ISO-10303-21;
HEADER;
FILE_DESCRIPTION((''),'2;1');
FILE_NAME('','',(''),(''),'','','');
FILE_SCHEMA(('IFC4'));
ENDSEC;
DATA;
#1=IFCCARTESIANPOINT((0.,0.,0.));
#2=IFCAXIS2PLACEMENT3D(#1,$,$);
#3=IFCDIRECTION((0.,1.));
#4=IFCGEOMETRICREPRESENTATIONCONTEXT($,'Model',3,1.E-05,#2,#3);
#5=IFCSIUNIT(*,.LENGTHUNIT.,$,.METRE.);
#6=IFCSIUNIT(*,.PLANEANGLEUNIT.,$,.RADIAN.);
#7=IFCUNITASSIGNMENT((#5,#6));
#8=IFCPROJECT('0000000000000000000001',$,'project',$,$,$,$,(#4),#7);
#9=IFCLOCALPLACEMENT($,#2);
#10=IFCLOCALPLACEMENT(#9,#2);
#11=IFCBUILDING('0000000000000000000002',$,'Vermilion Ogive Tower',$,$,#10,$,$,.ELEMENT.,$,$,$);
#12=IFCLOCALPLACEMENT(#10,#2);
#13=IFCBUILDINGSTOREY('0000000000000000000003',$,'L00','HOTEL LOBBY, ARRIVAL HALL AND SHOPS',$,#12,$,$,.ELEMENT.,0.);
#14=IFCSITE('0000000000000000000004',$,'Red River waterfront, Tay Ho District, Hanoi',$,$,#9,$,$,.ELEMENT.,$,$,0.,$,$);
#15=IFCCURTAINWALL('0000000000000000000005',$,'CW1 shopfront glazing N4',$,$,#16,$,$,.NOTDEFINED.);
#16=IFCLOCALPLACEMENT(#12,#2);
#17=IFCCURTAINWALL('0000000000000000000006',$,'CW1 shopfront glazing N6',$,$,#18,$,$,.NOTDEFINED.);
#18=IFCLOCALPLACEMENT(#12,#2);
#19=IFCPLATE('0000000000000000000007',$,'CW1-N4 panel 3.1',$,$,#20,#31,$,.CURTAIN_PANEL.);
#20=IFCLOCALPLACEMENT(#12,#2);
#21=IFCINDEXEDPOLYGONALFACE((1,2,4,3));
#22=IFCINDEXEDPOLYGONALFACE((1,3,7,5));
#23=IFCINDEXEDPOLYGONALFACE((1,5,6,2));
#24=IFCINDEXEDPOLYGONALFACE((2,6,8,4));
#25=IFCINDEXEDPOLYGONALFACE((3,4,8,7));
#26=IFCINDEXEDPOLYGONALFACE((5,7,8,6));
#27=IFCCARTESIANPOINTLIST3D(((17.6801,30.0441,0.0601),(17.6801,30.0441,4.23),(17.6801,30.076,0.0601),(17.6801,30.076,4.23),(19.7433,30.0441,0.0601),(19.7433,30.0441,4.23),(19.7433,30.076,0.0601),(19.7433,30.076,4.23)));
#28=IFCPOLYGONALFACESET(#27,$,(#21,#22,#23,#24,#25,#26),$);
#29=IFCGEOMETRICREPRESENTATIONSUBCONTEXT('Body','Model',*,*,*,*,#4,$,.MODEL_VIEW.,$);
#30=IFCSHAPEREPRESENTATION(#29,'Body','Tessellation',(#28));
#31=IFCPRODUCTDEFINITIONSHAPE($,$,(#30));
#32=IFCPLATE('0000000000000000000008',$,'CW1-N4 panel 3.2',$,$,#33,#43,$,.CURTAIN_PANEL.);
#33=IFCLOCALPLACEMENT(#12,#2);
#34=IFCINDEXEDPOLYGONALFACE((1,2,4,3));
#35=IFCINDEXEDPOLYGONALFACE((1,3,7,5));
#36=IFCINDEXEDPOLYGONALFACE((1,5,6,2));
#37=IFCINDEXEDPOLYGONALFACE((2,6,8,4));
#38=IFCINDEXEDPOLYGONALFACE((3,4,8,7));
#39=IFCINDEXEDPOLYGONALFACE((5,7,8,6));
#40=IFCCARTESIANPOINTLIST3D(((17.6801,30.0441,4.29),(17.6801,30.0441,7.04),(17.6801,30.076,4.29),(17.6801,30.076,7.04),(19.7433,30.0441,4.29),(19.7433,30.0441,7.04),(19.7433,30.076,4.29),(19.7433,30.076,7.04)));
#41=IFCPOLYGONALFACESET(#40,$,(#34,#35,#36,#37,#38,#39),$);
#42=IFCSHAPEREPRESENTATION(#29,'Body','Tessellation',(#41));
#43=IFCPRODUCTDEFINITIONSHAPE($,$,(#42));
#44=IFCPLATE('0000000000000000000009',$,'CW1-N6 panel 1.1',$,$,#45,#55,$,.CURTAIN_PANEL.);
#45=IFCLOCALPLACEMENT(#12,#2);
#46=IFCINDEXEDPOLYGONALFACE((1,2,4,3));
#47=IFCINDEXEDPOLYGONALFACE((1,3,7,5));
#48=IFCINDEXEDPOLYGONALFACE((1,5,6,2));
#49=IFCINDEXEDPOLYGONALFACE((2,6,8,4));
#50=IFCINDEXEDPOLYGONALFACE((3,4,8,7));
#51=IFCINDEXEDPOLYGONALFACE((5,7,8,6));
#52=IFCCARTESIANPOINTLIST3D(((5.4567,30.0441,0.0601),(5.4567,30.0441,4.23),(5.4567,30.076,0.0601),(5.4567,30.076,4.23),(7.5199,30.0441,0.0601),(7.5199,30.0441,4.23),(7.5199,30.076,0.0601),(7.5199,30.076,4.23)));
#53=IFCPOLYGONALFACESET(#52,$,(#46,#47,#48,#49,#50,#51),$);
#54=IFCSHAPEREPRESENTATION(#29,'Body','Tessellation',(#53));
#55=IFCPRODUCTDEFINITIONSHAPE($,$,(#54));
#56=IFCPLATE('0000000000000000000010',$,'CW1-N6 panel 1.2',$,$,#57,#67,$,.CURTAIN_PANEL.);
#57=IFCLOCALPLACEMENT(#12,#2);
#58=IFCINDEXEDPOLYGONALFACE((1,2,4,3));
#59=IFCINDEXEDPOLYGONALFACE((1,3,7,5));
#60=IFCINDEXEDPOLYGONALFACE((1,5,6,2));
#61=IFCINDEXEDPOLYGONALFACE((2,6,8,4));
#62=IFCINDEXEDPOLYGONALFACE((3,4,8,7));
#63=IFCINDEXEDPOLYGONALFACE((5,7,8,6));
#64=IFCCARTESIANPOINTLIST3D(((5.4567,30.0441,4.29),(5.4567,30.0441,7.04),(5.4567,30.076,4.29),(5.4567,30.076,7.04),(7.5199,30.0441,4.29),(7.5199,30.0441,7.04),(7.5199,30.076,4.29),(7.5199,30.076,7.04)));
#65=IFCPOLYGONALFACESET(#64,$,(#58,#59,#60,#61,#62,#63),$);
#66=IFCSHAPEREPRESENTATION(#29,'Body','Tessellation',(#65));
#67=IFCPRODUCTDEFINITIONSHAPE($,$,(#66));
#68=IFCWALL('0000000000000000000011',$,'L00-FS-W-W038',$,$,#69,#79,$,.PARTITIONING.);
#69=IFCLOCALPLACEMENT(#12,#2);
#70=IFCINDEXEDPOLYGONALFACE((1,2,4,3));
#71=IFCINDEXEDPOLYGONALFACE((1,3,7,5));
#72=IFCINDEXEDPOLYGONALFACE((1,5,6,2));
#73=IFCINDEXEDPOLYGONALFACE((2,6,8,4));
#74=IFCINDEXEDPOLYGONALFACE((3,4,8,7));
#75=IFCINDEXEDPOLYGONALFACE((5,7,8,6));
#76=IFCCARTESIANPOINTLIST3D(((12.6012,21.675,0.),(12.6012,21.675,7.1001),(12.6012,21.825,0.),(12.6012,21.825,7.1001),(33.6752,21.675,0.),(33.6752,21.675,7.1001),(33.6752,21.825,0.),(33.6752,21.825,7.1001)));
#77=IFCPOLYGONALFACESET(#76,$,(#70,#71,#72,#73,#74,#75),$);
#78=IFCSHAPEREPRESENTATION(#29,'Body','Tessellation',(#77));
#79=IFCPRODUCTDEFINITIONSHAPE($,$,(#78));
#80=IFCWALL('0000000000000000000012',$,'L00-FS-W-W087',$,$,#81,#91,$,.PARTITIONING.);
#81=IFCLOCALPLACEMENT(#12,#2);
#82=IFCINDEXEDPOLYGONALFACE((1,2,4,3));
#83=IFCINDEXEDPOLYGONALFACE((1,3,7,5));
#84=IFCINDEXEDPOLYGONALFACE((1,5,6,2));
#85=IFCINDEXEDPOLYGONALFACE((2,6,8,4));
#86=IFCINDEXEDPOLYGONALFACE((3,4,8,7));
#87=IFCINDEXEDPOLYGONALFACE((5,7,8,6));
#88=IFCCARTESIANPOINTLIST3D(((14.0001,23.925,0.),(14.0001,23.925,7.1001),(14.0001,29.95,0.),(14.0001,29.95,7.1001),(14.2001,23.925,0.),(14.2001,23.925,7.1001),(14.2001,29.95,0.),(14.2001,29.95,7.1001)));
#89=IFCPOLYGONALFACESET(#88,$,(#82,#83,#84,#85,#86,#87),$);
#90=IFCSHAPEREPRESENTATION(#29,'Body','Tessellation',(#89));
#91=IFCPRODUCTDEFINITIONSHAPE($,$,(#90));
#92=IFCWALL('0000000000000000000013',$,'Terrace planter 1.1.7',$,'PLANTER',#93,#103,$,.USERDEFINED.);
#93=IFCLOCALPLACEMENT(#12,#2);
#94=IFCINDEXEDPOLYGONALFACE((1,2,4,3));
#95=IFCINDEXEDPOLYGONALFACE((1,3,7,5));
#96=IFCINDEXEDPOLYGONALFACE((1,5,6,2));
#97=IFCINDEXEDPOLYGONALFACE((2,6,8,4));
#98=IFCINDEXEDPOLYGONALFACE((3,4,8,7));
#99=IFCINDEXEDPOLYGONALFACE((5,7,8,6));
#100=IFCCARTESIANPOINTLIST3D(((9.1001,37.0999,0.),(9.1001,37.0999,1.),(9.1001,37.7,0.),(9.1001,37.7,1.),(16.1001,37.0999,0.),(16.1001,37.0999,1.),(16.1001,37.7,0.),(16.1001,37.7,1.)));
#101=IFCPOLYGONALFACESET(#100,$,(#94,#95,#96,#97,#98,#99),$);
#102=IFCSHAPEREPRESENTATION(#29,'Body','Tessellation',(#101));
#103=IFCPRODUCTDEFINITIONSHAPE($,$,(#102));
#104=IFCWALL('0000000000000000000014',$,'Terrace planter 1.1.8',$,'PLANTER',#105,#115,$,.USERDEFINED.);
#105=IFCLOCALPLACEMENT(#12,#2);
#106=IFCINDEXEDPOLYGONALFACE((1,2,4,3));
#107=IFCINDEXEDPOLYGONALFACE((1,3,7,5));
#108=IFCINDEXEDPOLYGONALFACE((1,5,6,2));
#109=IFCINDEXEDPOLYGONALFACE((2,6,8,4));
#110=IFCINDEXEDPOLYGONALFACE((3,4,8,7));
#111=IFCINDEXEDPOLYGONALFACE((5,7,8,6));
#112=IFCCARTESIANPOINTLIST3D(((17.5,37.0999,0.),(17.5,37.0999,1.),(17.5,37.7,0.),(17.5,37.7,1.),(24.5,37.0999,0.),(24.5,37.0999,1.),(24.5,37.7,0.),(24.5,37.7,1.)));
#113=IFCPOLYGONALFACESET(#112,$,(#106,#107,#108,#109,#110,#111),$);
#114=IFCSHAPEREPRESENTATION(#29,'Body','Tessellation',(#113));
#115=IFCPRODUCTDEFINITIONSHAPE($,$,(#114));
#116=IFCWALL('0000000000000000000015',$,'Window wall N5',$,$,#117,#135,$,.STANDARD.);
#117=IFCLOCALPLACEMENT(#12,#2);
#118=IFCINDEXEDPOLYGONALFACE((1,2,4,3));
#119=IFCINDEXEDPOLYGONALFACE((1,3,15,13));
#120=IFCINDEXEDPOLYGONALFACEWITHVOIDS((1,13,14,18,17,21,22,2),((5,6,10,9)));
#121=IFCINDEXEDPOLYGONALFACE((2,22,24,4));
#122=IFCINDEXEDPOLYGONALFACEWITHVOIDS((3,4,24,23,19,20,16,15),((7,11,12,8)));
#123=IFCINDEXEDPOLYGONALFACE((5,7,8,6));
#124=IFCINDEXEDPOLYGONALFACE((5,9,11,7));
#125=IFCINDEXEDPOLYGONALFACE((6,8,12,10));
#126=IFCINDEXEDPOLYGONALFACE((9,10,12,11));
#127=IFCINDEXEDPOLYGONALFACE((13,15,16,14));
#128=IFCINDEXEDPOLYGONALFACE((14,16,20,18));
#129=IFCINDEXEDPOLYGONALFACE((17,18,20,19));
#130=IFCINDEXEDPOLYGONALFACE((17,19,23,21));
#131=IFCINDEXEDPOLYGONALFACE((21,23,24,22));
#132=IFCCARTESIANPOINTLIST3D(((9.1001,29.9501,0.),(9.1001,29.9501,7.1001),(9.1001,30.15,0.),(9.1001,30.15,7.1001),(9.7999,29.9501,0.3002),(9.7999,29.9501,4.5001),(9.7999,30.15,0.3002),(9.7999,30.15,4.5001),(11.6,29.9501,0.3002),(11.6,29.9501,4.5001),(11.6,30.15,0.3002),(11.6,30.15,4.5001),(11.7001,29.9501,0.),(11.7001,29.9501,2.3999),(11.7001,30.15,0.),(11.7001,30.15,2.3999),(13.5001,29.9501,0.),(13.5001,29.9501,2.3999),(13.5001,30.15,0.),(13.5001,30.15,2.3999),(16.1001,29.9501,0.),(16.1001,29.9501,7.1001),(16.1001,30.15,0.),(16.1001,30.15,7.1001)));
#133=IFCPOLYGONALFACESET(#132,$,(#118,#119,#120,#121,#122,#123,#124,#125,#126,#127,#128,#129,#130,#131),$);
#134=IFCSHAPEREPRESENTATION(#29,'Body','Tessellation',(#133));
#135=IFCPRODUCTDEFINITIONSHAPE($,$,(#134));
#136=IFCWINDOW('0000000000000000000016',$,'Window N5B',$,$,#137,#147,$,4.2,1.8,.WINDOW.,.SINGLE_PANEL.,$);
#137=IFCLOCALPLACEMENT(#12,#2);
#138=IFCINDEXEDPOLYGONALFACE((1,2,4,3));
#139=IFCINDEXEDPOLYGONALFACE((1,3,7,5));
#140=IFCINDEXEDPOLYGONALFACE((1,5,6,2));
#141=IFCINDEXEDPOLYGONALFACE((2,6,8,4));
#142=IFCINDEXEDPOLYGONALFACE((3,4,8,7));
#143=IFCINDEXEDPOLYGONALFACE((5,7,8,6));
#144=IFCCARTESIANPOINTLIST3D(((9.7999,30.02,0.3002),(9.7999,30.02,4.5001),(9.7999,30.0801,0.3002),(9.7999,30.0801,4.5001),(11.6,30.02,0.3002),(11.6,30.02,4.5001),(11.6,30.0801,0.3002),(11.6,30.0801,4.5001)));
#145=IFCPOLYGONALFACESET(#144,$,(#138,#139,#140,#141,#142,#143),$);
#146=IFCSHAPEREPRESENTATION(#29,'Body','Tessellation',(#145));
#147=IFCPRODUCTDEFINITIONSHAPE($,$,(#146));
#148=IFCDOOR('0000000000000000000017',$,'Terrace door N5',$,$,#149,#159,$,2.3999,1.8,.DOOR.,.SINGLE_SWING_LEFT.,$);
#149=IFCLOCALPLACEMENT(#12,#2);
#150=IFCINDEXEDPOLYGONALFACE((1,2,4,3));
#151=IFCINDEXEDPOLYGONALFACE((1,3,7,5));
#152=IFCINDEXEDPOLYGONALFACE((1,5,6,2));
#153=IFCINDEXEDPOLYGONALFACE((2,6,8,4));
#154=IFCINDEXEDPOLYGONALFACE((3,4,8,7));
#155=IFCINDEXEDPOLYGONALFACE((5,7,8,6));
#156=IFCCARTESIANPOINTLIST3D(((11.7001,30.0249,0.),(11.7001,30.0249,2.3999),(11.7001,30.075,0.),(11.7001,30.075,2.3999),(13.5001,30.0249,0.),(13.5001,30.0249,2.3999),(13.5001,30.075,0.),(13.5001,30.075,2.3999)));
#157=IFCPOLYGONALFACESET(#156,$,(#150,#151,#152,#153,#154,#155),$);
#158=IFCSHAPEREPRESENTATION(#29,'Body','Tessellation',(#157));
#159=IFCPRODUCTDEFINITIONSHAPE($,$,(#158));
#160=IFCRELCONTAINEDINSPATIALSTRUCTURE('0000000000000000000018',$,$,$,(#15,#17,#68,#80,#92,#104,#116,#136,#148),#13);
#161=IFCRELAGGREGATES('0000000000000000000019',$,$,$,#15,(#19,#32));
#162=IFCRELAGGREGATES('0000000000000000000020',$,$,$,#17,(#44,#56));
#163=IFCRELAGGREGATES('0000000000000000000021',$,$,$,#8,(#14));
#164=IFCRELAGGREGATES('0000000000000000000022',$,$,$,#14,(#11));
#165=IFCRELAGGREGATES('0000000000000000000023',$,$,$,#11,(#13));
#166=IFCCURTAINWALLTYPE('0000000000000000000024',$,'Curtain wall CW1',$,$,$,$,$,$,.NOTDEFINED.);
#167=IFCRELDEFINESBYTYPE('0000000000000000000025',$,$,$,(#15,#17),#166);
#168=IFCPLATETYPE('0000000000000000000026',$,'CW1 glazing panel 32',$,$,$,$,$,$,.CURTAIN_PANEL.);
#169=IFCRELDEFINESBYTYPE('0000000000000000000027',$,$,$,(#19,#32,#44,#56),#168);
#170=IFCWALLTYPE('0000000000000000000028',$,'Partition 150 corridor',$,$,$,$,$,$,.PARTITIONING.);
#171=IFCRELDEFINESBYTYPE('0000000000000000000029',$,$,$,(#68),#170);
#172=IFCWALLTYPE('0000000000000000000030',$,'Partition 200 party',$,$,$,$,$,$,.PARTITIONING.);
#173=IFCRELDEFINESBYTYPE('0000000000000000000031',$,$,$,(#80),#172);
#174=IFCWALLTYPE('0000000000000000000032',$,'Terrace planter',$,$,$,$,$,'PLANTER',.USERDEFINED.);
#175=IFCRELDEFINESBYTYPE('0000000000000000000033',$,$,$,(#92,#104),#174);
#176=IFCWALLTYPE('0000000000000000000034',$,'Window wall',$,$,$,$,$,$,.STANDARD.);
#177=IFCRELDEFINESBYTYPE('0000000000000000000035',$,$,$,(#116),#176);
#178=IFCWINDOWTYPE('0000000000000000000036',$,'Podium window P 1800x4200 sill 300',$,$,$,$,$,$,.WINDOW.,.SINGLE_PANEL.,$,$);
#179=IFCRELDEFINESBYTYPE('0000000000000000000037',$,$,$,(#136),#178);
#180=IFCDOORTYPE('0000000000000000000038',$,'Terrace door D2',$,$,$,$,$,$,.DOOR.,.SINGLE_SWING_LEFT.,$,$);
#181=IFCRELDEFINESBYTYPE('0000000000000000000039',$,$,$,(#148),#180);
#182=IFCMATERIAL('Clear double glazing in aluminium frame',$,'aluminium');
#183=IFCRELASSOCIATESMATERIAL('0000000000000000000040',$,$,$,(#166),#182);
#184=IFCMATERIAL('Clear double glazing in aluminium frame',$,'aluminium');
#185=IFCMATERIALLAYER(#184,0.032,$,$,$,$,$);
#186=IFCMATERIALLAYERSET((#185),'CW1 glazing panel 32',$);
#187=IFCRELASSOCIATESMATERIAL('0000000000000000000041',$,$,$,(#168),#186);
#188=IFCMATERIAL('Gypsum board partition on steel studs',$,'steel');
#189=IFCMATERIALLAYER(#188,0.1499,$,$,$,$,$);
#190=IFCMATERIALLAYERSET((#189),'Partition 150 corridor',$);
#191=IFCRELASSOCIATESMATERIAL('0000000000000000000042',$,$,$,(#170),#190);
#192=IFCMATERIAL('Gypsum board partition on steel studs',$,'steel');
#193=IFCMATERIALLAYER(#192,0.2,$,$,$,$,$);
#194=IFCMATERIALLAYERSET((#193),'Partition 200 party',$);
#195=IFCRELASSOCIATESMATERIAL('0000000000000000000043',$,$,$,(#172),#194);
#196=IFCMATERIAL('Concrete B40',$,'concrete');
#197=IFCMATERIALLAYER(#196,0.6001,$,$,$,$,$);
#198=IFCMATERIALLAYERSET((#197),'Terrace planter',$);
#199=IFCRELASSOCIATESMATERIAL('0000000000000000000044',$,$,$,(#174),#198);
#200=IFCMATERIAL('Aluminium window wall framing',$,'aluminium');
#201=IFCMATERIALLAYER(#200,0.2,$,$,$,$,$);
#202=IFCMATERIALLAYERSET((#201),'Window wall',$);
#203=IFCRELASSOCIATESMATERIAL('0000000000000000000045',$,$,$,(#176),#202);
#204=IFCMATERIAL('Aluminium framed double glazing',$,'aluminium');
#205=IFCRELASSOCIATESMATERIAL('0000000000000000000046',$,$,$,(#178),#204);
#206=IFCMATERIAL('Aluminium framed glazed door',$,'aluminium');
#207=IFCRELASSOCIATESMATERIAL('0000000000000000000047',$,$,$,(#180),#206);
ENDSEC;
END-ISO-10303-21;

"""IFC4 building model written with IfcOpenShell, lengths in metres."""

from ifc_helpers import new_model, si_unit, direction, frame, frame_2d, origin, origin_2d, place, context, subcontext, project, spatial, rectangle, extrude, material, layer, layer_set, type_object, element, fill, aggregate, save


model = new_model("IFC4")

# Units and contexts
model_context = context("Model", 3, precision=1e-05, world=origin(), true_north=direction((0.0, 1.0)))
body_context = subcontext(model_context, "Body", "Model", "MODEL_VIEW")
ifc_project = project(units=[si_unit("LENGTHUNIT", "METRE"), si_unit("PLANEANGLEUNIT", "RADIAN")], contexts=[model_context])

# Site, building, storey
site_placement = place(None, origin())
site = spatial("IfcSite", under=ifc_project, at=site_placement, Name="Red River waterfront, Tay Ho District, Hanoi", CompositionType="ELEMENT", RefElevation=0.0)
building_placement = place(site_placement, origin())
building = spatial("IfcBuilding", under=site, at=building_placement, Name="Vermilion Ogive Tower", CompositionType="ELEMENT")
storey_placement = place(building_placement, origin())
storey = spatial("IfcBuildingStorey", under=building, at=storey_placement, Name="L00", Description="HOTEL LOBBY, ARRIVAL HALL AND SHOPS", CompositionType="ELEMENT", Elevation=0.0)

# Curtain walls
ifc_material_1 = material(Name="Clear double glazing in aluminium frame", Category="aluminium")
curtain_wall_type = type_object("IfcCurtainWallType", Name="Curtain wall CW1", PredefinedType="NOTDEFINED", material=ifc_material_1)
curtain_wall_1_placement = place(storey_placement, origin())
curtain_wall_1 = element("IfcCurtainWall", 1, at=curtain_wall_1_placement, inside=storey, type_object=curtain_wall_type, Name="CW1 shopfront glazing N4", PredefinedType="NOTDEFINED")
curtain_wall_2_placement = place(storey_placement, origin())
curtain_wall_2 = element("IfcCurtainWall", 2, at=curtain_wall_2_placement, inside=storey, type_object=curtain_wall_type, Name="CW1 shopfront glazing N6", PredefinedType="NOTDEFINED")

# Plates
ifc_material_2 = material(Name="Clear double glazing in aluminium frame", Category="aluminium")
ifc_layer_1 = layer(ifc_material_2, 0.032)
ifc_layer_set_1 = layer_set([ifc_layer_1], Name="CW1 glazing panel 32")
plate_type = type_object("IfcPlateType", Name="CW1 glazing panel 32", PredefinedType="CURTAIN_PANEL", material=ifc_layer_set_1)
plate_1_placement = place(storey_placement, frame((18.7117, 30.0601, 0.0601), z_axis=(0.0, 0.0, 1.0), x_axis=(-1.0, 0.0, 0.0)))
plate_1 = element("IfcPlate", 3, at=plate_1_placement, type_object=plate_type, Name="CW1-N4 panel 3.1", PredefinedType="CURTAIN_PANEL", context=body_context, shape_type="SweptSolid", body=[
    extrude(rectangle(XDim=2.0632, YDim=0.032, at=origin_2d()), origin(), (0.0, 0.0, 1.0), 4.1699),
])
plate_2_placement = place(storey_placement, frame((18.7117, 30.0601, 4.29), z_axis=(0.0, 0.0, 1.0), x_axis=(-1.0, 0.0, 0.0)))
plate_2 = element("IfcPlate", 4, at=plate_2_placement, type_object=plate_type, Name="CW1-N4 panel 3.2", PredefinedType="CURTAIN_PANEL", context=body_context, shape_type="SweptSolid", body=[
    extrude(rectangle(XDim=2.0632, YDim=0.032, at=origin_2d()), origin(), (0.0, 0.0, 1.0), 2.75),
])
aggregate(curtain_wall_1, [plate_1, plate_2])
plate_3_placement = place(storey_placement, frame((6.4883, 30.0601, 0.0601), z_axis=(0.0, 0.0, 1.0), x_axis=(-1.0, 0.0, 0.0)))
plate_3 = element("IfcPlate", 5, at=plate_3_placement, type_object=plate_type, Name="CW1-N6 panel 1.1", PredefinedType="CURTAIN_PANEL", context=body_context, shape_type="SweptSolid", body=[
    extrude(rectangle(XDim=2.0632, YDim=0.032, at=origin_2d()), origin(), (0.0, 0.0, 1.0), 4.1699),
])
plate_4_placement = place(storey_placement, frame((6.4883, 30.0601, 4.29), z_axis=(0.0, 0.0, 1.0), x_axis=(-1.0, 0.0, 0.0)))
plate_4 = element("IfcPlate", 6, at=plate_4_placement, type_object=plate_type, Name="CW1-N6 panel 1.2", PredefinedType="CURTAIN_PANEL", context=body_context, shape_type="SweptSolid", body=[
    extrude(rectangle(XDim=2.0632, YDim=0.032, at=origin_2d()), origin(), (0.0, 0.0, 1.0), 2.75),
])
aggregate(curtain_wall_2, [plate_3, plate_4])

# Walls
ifc_material_3 = material(Name="Gypsum board partition on steel studs", Category="steel")
ifc_layer_2 = layer(ifc_material_3, 0.1499)
ifc_layer_set_2 = layer_set([ifc_layer_2], Name="Partition 150 corridor")
wall_type_1 = type_object("IfcWallType", Name="Partition 150 corridor", PredefinedType="PARTITIONING", material=ifc_layer_set_2)
wall_1_placement = place(storey_placement, frame((12.6011, 21.75, 0.0), z_axis=(0.0, 0.0, 1.0), x_axis=(1.0, 0.0, 0.0)))
element("IfcWall", 7, at=wall_1_placement, inside=storey, type_object=wall_type_1, Name="L00-FS-W-W038", PredefinedType="PARTITIONING", context=body_context, shape_type="SweptSolid", body=[
    extrude(rectangle(XDim=21.074, YDim=0.1499, at=frame_2d((10.5371, 0.0))), origin(), (0.0, 0.0, 1.0), 7.1001),
])
ifc_material_4 = material(Name="Gypsum board partition on steel studs", Category="steel")
ifc_layer_3 = layer(ifc_material_4, 0.2)
ifc_layer_set_3 = layer_set([ifc_layer_3], Name="Partition 200 party")
wall_type_2 = type_object("IfcWallType", Name="Partition 200 party", PredefinedType="PARTITIONING", material=ifc_layer_set_3)
wall_2_placement = place(storey_placement, frame((14.1001, 23.925, 0.0), z_axis=(0.0, 0.0, 1.0), x_axis=(0.0, 1.0, 0.0)))
element("IfcWall", 8, at=wall_2_placement, inside=storey, type_object=wall_type_2, Name="L00-FS-W-W087", PredefinedType="PARTITIONING", context=body_context, shape_type="SweptSolid", body=[
    extrude(rectangle(XDim=6.0249, YDim=0.2, at=frame_2d((3.0125, 0.0))), origin(), (0.0, 0.0, 1.0), 7.1001),
])
ifc_material_5 = material(Name="Concrete B40", Category="concrete")
ifc_layer_4 = layer(ifc_material_5, 0.6001)
ifc_layer_set_4 = layer_set([ifc_layer_4], Name="Terrace planter")
wall_type_3 = type_object("IfcWallType", Name="Terrace planter", ElementType="PLANTER", PredefinedType="USERDEFINED", material=ifc_layer_set_4)
for number, where, z_axis, x_axis, name in (
    (9, (9.1001, 37.3999, 0.0), (0.0, 0.0, 1.0), (1.0, 0.0, 0.0), "Terrace planter 1.1.7"),
    (10, (17.5, 37.3999, 0.0), (0.0, 0.0, 1.0), (1.0, 0.0, 0.0), "Terrace planter 1.1.8"),
):
    element("IfcWall", number, at=place(storey_placement, frame(where, z_axis=z_axis, x_axis=x_axis)), inside=storey, type_object=wall_type_3, Name=name, ObjectType="PLANTER", PredefinedType="USERDEFINED", context=body_context, shape_type="SweptSolid", body=[
        extrude(rectangle(XDim=7.0, YDim=0.6001, at=frame_2d((3.5, 0.0))), origin(), (0.0, 0.0, 1.0), 1.0),
    ])

# Wall, openings, window, door
ifc_material_6 = material(Name="Aluminium window wall framing", Category="aluminium")
ifc_layer_5 = layer(ifc_material_6, 0.2)
ifc_layer_set_5 = layer_set([ifc_layer_5], Name="Window wall")
wall_type_4 = type_object("IfcWallType", Name="Window wall", PredefinedType="STANDARD", material=ifc_layer_set_5)
wall_3_placement = place(storey_placement, frame((9.1001, 30.05, 0.0), z_axis=(0.0, 0.0, 1.0), x_axis=(1.0, 0.0, 0.0)))
wall_3 = element("IfcWall", 11, at=wall_3_placement, inside=storey, type_object=wall_type_4, Name="Window wall N5", PredefinedType="STANDARD", context=body_context, shape_type="SweptSolid", body=[
    extrude(rectangle(XDim=7.0, YDim=0.2, at=frame_2d((3.5, 0.0))), origin(), (0.0, 0.0, 1.0), 7.1001),
])
opening_1_placement = place(wall_3_placement, frame((2.6001, 0.0, 0.0)))
opening_1 = element("IfcOpeningElement", 12, at=opening_1_placement, cuts=wall_3, PredefinedType="OPENING", context=body_context, shape_type="SweptSolid", body=[
    extrude(rectangle(XDim=1.8, YDim=2.3999, at=frame_2d((0.8999, 1.2))), frame((0.0, 0.1099, 0.0), z_axis=(0.0, -1.0, 0.0), x_axis=(1.0, 0.0, 0.0)), (0.0, 0.0, 1.0), 0.22),
])
opening_2_placement = place(wall_3_placement, frame((0.7, 0.0, 0.3)))
opening_2 = element("IfcOpeningElement", 13, at=opening_2_placement, cuts=wall_3, PredefinedType="OPENING", context=body_context, shape_type="SweptSolid", body=[
    extrude(rectangle(XDim=1.8, YDim=4.2, at=frame_2d((0.8999, 2.1001))), frame((0.0, 0.1099, 0.0), z_axis=(0.0, -1.0, 0.0), x_axis=(1.0, 0.0, 0.0)), (0.0, 0.0, 1.0), 0.22),
])
ifc_material_7 = material(Name="Aluminium framed double glazing", Category="aluminium")
window_type = type_object("IfcWindowType", Name="Podium window P 1800x4200 sill 300", PartitioningType="SINGLE_PANEL", PredefinedType="WINDOW", material=ifc_material_7)
window_placement = place(opening_2_placement, origin())
window = element("IfcWindow", 14, at=window_placement, inside=storey, type_object=window_type, Name="Window N5B", OverallHeight=4.2, OverallWidth=1.8, PartitioningType="SINGLE_PANEL", PredefinedType="WINDOW", context=body_context, shape_type="SweptSolid", body=[
    extrude(rectangle(XDim=1.8, YDim=4.2, at=frame_2d((0.8999, 2.1001))), frame((0.0, 0.03, 0.0), z_axis=(0.0, -1.0, 0.0), x_axis=(1.0, 0.0, 0.0)), (0.0, 0.0, 1.0), 0.0601),
])
fill(opening_2, window)
ifc_material_8 = material(Name="Aluminium framed glazed door", Category="aluminium")
door_type = type_object("IfcDoorType", Name="Terrace door D2", OperationType="SINGLE_SWING_LEFT", PredefinedType="DOOR", material=ifc_material_8)
door_placement = place(opening_1_placement, origin())
door = element("IfcDoor", 15, at=door_placement, inside=storey, type_object=door_type, Name="Terrace door N5", OperationType="SINGLE_SWING_LEFT", OverallHeight=2.3999, OverallWidth=1.8, PredefinedType="DOOR", context=body_context, shape_type="SweptSolid", body=[
    extrude(rectangle(XDim=1.8, YDim=2.3999, at=frame_2d((0.8999, 1.2))), frame((0.0, 0.0249, 0.0), z_axis=(0.0, -1.0, 0.0), x_axis=(1.0, 0.0, 0.0)), (0.0, 0.0, 1.0), 0.05),
])
fill(opening_1, door)

save(model, "model.ifc")
